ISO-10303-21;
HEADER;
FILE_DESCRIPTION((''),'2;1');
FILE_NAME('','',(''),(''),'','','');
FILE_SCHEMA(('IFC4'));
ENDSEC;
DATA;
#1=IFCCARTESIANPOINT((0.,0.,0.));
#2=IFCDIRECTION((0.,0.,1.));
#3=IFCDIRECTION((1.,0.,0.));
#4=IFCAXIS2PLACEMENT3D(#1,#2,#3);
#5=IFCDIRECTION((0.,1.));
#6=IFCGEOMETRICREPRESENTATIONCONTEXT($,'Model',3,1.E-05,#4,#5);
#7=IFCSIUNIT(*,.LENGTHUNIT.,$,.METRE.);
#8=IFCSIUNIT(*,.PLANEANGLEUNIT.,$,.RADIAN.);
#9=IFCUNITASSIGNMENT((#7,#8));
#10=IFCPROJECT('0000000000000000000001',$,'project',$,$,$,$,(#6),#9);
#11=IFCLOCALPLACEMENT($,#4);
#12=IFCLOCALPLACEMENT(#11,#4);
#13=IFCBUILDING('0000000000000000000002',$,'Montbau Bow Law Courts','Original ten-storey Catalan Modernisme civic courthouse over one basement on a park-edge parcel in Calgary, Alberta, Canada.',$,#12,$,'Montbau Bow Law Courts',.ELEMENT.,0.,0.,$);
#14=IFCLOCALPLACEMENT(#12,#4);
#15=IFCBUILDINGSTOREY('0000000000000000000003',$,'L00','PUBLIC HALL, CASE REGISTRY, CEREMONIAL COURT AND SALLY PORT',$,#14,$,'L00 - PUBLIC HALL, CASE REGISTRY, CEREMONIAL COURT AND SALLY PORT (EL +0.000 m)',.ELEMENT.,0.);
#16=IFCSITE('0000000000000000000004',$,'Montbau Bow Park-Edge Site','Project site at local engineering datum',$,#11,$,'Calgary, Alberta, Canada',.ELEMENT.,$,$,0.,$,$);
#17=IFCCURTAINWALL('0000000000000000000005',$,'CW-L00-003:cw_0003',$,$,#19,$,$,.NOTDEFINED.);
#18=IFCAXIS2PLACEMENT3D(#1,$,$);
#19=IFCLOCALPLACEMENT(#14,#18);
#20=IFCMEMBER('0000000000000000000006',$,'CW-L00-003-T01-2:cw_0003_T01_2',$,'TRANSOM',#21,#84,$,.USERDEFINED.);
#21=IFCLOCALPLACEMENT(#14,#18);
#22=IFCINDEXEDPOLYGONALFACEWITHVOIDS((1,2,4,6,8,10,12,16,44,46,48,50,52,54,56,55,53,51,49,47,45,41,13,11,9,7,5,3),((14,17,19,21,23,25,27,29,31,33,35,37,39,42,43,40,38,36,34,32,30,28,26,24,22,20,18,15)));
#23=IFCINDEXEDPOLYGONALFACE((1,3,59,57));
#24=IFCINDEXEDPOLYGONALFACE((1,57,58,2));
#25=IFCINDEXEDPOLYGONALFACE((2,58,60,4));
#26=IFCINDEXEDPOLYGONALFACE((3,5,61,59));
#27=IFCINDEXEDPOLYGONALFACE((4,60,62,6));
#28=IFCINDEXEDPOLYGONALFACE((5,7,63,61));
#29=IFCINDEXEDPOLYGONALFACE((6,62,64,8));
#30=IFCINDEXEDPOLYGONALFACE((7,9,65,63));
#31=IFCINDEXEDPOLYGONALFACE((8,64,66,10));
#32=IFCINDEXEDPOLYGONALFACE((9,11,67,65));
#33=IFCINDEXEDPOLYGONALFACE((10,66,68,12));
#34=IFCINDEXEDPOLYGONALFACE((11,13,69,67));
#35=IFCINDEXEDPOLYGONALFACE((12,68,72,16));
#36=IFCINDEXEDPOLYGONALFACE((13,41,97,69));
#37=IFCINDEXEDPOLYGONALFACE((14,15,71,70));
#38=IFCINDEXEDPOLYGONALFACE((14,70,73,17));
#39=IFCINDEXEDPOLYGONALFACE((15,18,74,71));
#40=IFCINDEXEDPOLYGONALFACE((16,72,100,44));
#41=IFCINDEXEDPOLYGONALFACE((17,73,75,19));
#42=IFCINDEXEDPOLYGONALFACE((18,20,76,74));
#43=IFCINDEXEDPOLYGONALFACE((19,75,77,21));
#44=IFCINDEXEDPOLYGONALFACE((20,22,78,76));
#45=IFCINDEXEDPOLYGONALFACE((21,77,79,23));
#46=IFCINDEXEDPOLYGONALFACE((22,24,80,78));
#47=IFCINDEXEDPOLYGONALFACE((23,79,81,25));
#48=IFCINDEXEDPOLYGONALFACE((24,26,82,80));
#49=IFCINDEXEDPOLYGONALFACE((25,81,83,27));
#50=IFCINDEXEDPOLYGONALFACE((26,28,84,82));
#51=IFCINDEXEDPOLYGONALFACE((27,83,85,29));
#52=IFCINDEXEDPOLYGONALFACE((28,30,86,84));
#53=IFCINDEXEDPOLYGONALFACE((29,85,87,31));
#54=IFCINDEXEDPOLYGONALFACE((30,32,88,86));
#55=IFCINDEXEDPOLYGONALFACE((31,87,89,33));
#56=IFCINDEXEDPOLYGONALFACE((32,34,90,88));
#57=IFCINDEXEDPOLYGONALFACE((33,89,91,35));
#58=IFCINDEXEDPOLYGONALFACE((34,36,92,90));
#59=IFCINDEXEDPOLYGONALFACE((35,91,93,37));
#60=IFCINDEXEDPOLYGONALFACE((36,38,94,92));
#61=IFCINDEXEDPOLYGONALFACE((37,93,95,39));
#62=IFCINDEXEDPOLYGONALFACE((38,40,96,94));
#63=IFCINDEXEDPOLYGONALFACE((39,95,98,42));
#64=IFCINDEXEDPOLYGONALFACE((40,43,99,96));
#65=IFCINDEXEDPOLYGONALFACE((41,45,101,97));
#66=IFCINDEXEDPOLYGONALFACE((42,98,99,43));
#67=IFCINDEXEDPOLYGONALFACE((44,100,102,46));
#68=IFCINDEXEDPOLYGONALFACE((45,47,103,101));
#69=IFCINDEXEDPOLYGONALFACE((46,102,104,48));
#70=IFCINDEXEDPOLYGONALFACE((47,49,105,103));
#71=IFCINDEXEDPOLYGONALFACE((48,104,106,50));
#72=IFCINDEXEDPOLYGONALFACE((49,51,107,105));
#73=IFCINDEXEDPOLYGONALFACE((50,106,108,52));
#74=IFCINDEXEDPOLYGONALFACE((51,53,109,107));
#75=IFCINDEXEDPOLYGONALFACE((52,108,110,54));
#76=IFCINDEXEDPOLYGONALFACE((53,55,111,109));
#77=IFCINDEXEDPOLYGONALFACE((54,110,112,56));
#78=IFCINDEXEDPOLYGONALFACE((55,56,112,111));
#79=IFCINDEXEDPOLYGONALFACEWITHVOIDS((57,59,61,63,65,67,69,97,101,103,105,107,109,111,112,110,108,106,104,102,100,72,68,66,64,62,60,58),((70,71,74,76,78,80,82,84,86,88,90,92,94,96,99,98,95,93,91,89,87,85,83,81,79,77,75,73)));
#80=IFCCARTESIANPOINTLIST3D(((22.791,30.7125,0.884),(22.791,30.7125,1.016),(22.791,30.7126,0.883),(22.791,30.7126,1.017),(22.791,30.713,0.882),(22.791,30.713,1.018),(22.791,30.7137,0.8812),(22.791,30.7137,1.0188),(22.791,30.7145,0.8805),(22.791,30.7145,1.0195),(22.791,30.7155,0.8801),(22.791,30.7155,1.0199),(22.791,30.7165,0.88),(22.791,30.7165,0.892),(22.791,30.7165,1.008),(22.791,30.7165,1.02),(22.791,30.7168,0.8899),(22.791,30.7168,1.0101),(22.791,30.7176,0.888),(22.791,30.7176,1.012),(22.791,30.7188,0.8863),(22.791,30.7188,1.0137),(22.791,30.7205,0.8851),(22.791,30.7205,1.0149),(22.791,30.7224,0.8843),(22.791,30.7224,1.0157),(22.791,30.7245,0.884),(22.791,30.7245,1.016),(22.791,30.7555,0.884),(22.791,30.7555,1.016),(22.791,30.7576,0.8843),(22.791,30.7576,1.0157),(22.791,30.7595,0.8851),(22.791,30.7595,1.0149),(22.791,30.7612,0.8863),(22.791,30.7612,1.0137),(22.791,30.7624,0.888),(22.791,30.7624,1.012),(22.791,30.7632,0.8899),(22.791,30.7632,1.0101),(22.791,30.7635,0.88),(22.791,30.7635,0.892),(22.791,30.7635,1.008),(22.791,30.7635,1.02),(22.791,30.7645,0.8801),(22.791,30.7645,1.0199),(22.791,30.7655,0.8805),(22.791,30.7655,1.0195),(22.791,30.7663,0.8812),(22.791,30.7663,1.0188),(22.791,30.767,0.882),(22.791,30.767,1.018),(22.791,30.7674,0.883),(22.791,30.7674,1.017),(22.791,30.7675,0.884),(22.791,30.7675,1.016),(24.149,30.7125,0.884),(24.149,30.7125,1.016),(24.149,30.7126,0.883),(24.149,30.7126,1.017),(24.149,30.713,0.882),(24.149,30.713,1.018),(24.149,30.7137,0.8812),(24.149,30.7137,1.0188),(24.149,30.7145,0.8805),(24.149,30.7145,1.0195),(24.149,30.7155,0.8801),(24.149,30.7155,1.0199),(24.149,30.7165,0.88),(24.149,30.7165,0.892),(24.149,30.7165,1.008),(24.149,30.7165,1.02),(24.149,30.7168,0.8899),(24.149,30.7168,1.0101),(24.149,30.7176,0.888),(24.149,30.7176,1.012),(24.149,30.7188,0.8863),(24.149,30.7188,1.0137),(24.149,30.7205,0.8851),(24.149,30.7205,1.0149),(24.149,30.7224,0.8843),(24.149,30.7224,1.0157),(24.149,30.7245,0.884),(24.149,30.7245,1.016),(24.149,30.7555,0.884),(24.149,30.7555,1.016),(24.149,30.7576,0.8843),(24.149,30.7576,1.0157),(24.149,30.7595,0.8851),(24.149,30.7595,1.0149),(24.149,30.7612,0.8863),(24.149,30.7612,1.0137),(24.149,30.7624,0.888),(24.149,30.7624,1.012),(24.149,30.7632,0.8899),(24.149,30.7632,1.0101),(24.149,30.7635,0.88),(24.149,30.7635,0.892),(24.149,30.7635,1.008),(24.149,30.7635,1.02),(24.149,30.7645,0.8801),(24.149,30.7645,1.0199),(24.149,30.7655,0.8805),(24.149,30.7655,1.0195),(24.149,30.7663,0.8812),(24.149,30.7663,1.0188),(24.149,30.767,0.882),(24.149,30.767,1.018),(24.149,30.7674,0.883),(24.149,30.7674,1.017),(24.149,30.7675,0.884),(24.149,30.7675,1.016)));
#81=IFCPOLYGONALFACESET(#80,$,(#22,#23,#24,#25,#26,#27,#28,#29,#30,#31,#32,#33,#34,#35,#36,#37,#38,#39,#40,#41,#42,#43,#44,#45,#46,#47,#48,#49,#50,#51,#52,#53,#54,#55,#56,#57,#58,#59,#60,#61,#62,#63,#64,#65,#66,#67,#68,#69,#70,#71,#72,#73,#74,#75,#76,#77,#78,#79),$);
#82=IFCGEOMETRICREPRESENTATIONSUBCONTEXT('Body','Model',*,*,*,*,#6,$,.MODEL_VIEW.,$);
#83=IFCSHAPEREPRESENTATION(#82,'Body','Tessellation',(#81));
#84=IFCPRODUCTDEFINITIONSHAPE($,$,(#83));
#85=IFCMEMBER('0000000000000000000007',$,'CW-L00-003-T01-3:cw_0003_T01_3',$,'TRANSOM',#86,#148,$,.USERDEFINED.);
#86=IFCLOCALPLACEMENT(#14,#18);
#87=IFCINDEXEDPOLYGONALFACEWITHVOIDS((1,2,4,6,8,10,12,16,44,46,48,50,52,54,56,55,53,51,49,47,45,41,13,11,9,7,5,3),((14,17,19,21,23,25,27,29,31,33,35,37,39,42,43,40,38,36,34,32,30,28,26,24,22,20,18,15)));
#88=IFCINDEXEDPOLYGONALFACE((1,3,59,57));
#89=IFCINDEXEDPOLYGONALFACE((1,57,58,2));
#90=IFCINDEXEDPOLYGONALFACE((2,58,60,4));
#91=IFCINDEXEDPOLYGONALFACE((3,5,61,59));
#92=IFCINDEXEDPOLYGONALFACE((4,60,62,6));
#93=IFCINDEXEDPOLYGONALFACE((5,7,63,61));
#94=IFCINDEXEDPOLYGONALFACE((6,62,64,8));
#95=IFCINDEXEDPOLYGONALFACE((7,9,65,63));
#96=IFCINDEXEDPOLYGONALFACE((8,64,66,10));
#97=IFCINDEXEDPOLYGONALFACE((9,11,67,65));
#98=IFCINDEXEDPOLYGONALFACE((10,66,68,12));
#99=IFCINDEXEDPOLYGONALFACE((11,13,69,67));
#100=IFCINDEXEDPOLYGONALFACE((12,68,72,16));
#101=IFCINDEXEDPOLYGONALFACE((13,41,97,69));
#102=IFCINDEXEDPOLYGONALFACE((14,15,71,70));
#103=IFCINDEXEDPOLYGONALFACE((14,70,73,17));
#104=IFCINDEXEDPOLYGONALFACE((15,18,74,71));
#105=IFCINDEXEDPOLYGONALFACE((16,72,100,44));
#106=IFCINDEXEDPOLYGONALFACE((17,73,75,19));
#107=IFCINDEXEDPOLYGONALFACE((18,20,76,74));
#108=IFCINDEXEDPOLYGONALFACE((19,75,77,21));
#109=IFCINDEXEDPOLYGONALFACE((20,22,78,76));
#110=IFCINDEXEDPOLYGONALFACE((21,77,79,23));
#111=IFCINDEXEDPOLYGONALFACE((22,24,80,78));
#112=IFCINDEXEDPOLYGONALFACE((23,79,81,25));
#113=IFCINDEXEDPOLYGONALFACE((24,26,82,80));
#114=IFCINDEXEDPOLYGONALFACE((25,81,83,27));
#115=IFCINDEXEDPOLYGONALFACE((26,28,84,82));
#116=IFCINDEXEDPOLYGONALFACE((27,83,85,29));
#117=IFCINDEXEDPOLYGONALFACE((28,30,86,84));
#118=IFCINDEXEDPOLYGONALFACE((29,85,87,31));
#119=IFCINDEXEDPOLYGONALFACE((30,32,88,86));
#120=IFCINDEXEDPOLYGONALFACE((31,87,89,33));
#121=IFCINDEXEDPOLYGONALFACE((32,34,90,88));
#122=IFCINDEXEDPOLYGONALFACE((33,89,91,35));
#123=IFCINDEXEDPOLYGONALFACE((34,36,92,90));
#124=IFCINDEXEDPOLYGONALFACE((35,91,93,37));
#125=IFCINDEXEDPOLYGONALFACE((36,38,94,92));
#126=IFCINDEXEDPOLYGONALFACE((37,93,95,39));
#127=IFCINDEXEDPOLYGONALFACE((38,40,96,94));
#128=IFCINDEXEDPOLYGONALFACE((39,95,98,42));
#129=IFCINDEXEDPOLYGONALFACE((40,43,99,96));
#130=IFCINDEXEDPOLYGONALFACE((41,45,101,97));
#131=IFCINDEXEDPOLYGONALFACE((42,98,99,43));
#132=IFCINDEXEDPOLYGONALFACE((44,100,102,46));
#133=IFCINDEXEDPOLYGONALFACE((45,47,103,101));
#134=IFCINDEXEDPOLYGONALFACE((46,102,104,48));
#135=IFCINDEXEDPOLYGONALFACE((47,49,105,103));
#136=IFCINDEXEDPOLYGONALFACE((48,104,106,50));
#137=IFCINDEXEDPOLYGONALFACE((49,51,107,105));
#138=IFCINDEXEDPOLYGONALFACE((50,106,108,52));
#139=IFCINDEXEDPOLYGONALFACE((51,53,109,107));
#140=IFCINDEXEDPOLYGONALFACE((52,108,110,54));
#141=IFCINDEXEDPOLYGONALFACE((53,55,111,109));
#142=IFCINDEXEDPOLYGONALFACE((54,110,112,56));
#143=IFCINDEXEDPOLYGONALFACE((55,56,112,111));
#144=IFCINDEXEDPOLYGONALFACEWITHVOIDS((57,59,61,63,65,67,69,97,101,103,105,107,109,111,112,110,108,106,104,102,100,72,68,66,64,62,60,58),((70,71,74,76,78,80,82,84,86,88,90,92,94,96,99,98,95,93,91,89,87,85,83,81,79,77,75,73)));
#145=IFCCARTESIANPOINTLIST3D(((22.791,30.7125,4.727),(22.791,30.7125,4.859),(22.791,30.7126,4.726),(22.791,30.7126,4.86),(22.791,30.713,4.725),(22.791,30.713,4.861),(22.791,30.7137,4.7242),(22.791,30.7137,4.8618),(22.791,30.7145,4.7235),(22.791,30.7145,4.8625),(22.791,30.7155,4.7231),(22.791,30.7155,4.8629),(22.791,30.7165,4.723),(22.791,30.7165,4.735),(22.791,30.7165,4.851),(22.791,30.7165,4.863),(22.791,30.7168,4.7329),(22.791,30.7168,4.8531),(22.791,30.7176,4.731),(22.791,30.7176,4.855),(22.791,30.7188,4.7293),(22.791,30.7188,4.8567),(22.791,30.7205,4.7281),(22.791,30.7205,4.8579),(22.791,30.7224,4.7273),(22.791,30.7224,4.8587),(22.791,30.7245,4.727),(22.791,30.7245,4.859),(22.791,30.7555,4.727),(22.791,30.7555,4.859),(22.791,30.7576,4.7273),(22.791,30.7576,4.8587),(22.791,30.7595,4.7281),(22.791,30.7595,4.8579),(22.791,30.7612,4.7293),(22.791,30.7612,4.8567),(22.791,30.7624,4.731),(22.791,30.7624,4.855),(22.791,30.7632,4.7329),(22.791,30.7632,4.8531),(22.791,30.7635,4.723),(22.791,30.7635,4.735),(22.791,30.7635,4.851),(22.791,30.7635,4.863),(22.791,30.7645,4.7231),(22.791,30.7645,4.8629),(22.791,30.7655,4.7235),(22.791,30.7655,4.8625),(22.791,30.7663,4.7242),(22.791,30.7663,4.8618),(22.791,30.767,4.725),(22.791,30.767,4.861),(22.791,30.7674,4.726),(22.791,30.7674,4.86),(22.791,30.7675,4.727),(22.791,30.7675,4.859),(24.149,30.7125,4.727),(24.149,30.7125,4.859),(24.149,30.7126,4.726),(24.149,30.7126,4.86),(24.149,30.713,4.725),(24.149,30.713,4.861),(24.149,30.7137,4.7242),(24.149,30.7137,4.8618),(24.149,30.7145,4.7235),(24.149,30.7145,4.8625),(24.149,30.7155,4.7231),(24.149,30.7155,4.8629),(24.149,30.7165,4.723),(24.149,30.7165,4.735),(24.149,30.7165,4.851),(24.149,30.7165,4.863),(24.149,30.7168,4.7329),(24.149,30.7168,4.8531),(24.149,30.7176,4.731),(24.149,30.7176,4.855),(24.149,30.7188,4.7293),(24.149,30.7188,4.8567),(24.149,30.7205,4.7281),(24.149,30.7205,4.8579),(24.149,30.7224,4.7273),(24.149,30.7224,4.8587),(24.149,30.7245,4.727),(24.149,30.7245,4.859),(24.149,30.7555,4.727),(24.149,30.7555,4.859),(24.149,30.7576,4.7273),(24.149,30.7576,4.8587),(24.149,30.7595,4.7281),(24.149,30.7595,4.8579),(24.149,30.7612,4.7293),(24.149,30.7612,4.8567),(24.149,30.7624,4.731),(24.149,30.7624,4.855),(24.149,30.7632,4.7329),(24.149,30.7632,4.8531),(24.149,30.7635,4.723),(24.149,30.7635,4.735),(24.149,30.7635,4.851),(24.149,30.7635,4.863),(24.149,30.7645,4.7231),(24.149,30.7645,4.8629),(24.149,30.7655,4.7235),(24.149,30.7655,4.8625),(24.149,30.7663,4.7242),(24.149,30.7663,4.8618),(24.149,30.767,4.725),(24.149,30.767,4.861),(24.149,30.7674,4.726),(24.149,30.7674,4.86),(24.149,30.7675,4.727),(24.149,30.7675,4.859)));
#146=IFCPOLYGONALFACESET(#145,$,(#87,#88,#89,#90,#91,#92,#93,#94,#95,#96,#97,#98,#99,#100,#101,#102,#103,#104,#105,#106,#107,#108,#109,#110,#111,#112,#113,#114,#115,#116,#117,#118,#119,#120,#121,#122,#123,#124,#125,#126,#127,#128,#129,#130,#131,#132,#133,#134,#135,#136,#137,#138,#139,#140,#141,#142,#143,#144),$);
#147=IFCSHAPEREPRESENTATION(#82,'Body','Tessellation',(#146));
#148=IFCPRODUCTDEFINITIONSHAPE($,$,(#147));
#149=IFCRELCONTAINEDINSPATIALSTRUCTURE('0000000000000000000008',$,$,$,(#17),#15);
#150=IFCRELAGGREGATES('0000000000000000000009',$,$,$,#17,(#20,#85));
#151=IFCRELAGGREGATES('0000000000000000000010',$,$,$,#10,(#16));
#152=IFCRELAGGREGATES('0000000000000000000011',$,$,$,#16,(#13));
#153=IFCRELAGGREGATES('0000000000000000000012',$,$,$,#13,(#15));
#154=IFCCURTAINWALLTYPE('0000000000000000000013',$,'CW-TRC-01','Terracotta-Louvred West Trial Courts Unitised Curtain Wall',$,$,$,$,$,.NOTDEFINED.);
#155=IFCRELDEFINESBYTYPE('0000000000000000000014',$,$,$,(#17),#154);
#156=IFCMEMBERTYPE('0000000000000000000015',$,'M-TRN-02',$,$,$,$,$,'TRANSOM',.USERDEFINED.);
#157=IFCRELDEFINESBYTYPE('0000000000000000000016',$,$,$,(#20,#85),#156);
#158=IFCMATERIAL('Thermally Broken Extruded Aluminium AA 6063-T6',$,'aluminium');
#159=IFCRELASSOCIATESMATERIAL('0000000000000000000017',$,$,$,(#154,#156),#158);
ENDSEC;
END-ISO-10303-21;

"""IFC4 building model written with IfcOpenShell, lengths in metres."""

from ifc_helpers import new_model, si_unit, direction, frame, origin_with_axes, origin_2d_with_axis, place, context, subcontext, project, spatial, hollow_rectangle, extrude, material, material_profile, profile_set, type_object, element, aggregate, save


model = new_model("IFC4")

# Units and contexts
model_context = context("Model", 3, precision=1e-05, world=origin_with_axes(), true_north=direction((0.0, 1.0)))
body_context = subcontext(model_context, "Body", "Model", "MODEL_VIEW")
ifc_project = project(units=[si_unit("LENGTHUNIT", "METRE"), si_unit("PLANEANGLEUNIT", "RADIAN")], contexts=[model_context])

# Site, building, storey
site_placement = place(None, origin_with_axes())
site = spatial("IfcSite", under=ifc_project, at=site_placement, Name="Montbau Bow Park-Edge Site", Description="Project site at local engineering datum", LongName="Calgary, Alberta, Canada", CompositionType="ELEMENT", RefElevation=0.0)
building_placement = place(site_placement, origin_with_axes())
building = spatial("IfcBuilding", under=site, at=building_placement, Name="Montbau Bow Law Courts", Description="Original ten-storey Catalan Modernisme civic courthouse over one basement on a park-edge parcel in Calgary, Alberta, Canada.", LongName="Montbau Bow Law Courts", CompositionType="ELEMENT", ElevationOfRefHeight=0.0, ElevationOfTerrain=0.0)
storey_placement = place(building_placement, origin_with_axes())
storey = spatial("IfcBuildingStorey", under=building, at=storey_placement, Name="L00", Description="PUBLIC HALL, CASE REGISTRY, CEREMONIAL COURT AND SALLY PORT", LongName="L00 - PUBLIC HALL, CASE REGISTRY, CEREMONIAL COURT AND SALLY PORT (EL +0.000 m)", CompositionType="ELEMENT", Elevation=0.0)

# Curtain wall
ifc_material_1 = material(Name="Thermally Broken Extruded Aluminium AA 6063-T6", Category="aluminium")
curtain_wall_type = type_object("IfcCurtainWallType", Name="CW-TRC-01", Description="Terracotta-Louvred West Trial Courts Unitised Curtain Wall", PredefinedType="NOTDEFINED", material=ifc_material_1)
curtain_wall_1_placement = place(None, frame((22.715, 30.74, 0.0), z_axis=(0.0, 0.0, 1.0), x_axis=(1.0, 0.0, 0.0)))
curtain_wall_1 = element("IfcCurtainWall", 1, at=curtain_wall_1_placement, inside=storey, type_object=curtain_wall_type, Name="CW-L00-003:cw_0003", PredefinedType="NOTDEFINED")

# Members
ifc_material_profile_1 = material_profile(ifc_material_1, hollow_rectangle(XDim=0.055, YDim=0.14, WallThickness=0.004, InnerFilletRadius=0.008, OuterFilletRadius=0.004, at=origin_2d_with_axis()), Name="CWT-140X55", Category="Main", Priority=0)
ifc_profile_set_1 = profile_set([ifc_material_profile_1], Name="Thermally Broken Extruded Aluminium AA 6063-T6")
member_type_1 = type_object("IfcMemberType", Name="M-TRN-02", ElementType="TRANSOM", PredefinedType="USERDEFINED", material=ifc_profile_set_1)
member_1_placement = place(None, frame((22.791, 30.74, 0.95), z_axis=(1.0, 0.0, 0.0), x_axis=(0.0, 1.0, 0.0)))
member_1 = element("IfcMember", 2, at=member_1_placement, type_object=member_type_1, Name="CW-L00-003-T01-2:cw_0003_T01_2", ObjectType="TRANSOM", PredefinedType="USERDEFINED", context=body_context, shape_type="SweptSolid", body=[
    extrude(hollow_rectangle(XDim=0.055, YDim=0.14, WallThickness=0.004, InnerFilletRadius=0.008, OuterFilletRadius=0.004, at=origin_2d_with_axis()), origin_with_axes(), (0.0, 0.0, 1.0), 1.358),
])
member_2_placement = place(None, frame((22.791, 30.74, 4.793), z_axis=(1.0, 0.0, 0.0), x_axis=(0.0, 1.0, 0.0)))
member_2 = element("IfcMember", 3, at=member_2_placement, type_object=member_type_1, Name="CW-L00-003-T01-3:cw_0003_T01_3", ObjectType="TRANSOM", PredefinedType="USERDEFINED", context=body_context, shape_type="SweptSolid", body=[
    extrude(hollow_rectangle(XDim=0.055, YDim=0.14, WallThickness=0.004, InnerFilletRadius=0.008, OuterFilletRadius=0.004, at=origin_2d_with_axis()), origin_with_axes(), (0.0, 0.0, 1.0), 1.358),
])

aggregate(curtain_wall_1, [member_1, member_2])

save(model, "model.ifc")
